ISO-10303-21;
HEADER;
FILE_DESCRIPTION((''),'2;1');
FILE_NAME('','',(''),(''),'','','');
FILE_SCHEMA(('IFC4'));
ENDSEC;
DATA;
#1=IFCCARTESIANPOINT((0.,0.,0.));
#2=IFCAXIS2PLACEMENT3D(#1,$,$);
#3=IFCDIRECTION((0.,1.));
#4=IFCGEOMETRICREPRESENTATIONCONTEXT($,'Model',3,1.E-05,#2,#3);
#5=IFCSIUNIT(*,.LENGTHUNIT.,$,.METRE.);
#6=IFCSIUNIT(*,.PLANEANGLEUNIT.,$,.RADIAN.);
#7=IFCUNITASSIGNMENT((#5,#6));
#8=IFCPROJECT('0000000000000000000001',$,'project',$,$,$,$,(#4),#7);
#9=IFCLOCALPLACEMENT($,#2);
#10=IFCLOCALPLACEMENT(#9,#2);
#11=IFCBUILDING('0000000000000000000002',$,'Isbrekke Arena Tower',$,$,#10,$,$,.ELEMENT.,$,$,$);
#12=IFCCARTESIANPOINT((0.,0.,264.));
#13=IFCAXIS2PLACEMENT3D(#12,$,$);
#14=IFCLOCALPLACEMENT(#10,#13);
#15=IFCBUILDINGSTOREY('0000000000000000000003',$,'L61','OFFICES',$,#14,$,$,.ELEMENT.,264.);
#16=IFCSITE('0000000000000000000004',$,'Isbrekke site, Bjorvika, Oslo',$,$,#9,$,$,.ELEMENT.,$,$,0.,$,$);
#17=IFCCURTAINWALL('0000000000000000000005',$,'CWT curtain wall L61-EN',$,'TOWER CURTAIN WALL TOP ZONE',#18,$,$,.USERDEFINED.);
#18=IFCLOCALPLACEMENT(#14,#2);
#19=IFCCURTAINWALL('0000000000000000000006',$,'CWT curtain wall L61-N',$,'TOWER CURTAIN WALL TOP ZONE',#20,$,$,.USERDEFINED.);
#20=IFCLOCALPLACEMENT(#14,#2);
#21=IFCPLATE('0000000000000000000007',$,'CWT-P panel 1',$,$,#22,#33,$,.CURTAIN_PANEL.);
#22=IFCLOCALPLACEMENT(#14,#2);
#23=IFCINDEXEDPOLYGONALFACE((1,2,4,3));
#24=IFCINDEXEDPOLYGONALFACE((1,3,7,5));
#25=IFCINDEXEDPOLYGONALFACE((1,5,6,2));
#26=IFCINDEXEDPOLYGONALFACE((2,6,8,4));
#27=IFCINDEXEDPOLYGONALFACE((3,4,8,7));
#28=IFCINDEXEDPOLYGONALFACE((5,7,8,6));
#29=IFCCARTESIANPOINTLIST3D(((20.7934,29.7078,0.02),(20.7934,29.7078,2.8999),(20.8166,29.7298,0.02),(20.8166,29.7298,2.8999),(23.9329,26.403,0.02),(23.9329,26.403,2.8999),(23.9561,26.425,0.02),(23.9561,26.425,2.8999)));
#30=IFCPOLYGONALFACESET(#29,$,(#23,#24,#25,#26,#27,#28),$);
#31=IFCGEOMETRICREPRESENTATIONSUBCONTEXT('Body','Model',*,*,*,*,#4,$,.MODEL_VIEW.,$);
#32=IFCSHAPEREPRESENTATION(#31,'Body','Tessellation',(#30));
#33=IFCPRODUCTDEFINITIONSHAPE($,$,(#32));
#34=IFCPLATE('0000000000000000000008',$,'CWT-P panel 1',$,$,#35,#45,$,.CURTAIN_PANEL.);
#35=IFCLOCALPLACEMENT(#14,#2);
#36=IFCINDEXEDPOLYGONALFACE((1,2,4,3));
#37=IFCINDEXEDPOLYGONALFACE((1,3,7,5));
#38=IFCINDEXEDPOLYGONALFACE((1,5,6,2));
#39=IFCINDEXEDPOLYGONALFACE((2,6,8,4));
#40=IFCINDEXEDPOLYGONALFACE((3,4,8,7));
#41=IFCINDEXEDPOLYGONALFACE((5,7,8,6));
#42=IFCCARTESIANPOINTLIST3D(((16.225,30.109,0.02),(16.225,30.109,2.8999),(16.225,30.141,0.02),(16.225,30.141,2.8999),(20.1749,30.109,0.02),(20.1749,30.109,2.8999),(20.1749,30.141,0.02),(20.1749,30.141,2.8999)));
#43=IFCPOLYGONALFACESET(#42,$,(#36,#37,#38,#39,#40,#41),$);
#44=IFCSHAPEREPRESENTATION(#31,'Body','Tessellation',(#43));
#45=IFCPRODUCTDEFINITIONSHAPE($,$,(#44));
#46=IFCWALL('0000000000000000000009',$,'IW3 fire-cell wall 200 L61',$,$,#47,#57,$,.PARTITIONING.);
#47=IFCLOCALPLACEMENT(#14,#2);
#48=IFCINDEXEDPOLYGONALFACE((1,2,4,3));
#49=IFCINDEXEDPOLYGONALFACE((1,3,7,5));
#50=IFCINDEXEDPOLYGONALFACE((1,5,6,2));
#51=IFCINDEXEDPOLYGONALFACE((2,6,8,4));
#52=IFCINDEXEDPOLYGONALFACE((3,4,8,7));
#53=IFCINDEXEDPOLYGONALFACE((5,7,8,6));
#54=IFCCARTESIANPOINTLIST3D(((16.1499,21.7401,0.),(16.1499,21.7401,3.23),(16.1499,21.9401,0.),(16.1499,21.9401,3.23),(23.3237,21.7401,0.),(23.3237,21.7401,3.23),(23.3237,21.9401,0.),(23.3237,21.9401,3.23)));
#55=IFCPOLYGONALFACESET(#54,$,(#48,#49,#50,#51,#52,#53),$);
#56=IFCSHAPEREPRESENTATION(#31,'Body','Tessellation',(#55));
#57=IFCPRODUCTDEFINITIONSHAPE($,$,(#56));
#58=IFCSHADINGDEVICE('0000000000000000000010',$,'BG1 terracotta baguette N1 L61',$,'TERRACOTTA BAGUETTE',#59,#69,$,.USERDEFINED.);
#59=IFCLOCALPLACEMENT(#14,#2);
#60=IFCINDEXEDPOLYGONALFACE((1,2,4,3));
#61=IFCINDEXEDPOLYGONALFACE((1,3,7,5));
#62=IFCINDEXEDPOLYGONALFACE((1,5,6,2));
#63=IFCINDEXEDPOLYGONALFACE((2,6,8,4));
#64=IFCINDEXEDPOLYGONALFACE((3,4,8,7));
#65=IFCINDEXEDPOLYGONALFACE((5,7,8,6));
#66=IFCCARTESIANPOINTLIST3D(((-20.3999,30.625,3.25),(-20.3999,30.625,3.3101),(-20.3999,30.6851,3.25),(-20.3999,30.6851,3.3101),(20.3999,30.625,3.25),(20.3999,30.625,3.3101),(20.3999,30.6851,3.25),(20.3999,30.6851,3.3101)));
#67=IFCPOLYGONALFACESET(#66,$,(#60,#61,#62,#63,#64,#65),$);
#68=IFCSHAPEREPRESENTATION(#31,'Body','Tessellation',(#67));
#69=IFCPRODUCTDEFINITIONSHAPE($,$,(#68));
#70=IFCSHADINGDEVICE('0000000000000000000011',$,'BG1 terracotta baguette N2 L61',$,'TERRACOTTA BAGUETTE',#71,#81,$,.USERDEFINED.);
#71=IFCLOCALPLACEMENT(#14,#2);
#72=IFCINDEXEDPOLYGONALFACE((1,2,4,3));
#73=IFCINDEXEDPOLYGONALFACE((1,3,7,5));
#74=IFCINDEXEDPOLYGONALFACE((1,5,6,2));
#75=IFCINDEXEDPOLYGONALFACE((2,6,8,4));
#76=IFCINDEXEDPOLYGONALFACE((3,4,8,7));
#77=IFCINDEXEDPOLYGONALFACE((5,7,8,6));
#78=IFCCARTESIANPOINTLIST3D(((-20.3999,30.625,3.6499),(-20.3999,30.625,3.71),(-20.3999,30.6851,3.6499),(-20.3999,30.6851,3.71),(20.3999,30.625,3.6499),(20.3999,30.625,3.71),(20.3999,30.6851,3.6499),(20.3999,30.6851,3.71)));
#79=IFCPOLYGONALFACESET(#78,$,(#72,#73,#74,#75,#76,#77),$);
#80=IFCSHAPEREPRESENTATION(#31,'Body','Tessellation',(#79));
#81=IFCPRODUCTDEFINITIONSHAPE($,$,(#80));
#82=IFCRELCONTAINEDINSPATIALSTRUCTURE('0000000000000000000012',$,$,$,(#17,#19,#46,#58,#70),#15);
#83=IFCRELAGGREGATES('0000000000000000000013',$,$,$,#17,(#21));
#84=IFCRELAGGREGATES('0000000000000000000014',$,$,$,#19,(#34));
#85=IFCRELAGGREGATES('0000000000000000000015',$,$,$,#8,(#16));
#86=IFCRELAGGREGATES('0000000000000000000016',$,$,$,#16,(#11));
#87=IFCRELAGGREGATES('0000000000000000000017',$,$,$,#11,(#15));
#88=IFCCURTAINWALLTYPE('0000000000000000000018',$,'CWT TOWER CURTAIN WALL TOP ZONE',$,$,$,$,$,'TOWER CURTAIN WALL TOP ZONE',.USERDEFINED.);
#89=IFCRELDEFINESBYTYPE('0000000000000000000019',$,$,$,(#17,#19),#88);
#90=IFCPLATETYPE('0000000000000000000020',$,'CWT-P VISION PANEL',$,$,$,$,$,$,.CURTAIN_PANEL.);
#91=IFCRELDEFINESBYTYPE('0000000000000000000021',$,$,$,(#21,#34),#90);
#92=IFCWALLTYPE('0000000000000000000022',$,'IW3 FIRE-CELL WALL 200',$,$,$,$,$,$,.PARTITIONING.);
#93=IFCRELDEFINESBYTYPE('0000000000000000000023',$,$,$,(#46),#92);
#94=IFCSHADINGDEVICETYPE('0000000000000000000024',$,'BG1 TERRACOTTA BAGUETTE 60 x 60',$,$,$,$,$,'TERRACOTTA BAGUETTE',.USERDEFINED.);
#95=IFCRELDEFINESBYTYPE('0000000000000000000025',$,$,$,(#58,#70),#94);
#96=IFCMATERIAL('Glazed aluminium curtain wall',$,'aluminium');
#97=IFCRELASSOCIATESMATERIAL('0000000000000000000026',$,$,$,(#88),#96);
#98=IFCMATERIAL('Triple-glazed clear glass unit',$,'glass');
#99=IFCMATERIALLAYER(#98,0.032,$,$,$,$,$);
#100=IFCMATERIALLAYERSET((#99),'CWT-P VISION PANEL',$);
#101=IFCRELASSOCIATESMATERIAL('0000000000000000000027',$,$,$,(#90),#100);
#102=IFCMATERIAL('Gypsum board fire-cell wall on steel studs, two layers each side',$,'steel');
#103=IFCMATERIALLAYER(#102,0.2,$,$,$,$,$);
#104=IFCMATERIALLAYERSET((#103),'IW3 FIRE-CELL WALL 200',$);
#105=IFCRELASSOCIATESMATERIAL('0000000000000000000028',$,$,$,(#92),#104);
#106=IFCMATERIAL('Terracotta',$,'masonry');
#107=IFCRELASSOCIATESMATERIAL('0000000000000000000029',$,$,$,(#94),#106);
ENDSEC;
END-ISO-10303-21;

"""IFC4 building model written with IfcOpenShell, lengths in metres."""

from ifc_helpers import new_model, si_unit, direction, frame, frame_2d, origin, origin_2d, place, context, subcontext, project, spatial, rectangle, extrude, material, layer, layer_set, material_profile, profile_set, type_object, element, aggregate, save


model = new_model("IFC4")

# Units and contexts
model_context = context("Model", 3, precision=1e-05, world=origin(), true_north=direction((0.0, 1.0)))
body_context = subcontext(model_context, "Body", "Model", "MODEL_VIEW")
ifc_project = project(units=[si_unit("LENGTHUNIT", "METRE"), si_unit("PLANEANGLEUNIT", "RADIAN")], contexts=[model_context])

# Site, building, storey
site_placement = place(None, origin())
site = spatial("IfcSite", under=ifc_project, at=site_placement, Name="Isbrekke site, Bjorvika, Oslo", CompositionType="ELEMENT", RefElevation=0.0)
building_placement = place(site_placement, origin())
building = spatial("IfcBuilding", under=site, at=building_placement, Name="Isbrekke Arena Tower", CompositionType="ELEMENT")
storey_placement = place(building_placement, frame((0.0, 0.0, 264.0)))
storey = spatial("IfcBuildingStorey", under=building, at=storey_placement, Name="L61", Description="OFFICES", CompositionType="ELEMENT", Elevation=264.0)

# Curtain wall
ifc_material_1 = material(Name="Glazed aluminium curtain wall", Category="aluminium")
curtain_wall_type = type_object("IfcCurtainWallType", Name="CWT TOWER CURTAIN WALL TOP ZONE", ElementType="TOWER CURTAIN WALL TOP ZONE", PredefinedType="USERDEFINED", material=ifc_material_1)
curtain_wall_1_placement = place(storey_placement, origin())
curtain_wall_1 = element("IfcCurtainWall", 1, at=curtain_wall_1_placement, inside=storey, type_object=curtain_wall_type, Name="CWT curtain wall L61-EN", ObjectType="TOWER CURTAIN WALL TOP ZONE", PredefinedType="USERDEFINED")

# Curtain wall
curtain_wall_2_placement = place(storey_placement, origin())
curtain_wall_2 = element("IfcCurtainWall", 2, at=curtain_wall_2_placement, inside=storey, type_object=curtain_wall_type, Name="CWT curtain wall L61-N", ObjectType="TOWER CURTAIN WALL TOP ZONE", PredefinedType="USERDEFINED")

# Plates
ifc_material_2 = material(Name="Triple-glazed clear glass unit", Category="glass")
ifc_layer_1 = layer(ifc_material_2, 0.032)
ifc_layer_set_1 = layer_set([ifc_layer_1], Name="CWT-P VISION PANEL")
plate_type = type_object("IfcPlateType", Name="CWT-P VISION PANEL", PredefinedType="CURTAIN_PANEL", material=ifc_layer_set_1)
plate_1_placement = place(storey_placement, frame((22.3748, 28.0664, 0.02), z_axis=(0.0, 0.0, 1.0), x_axis=(-0.688749, 0.724999, 0.0)))
plate_1 = element("IfcPlate", 3, at=plate_1_placement, type_object=plate_type, Name="CWT-P panel 1", PredefinedType="CURTAIN_PANEL", context=body_context, shape_type="SweptSolid", body=[
    extrude(rectangle(XDim=4.5583, YDim=0.032, at=origin_2d()), origin(), (0.0, 0.0, 1.0), 2.8799),
])
aggregate(curtain_wall_1, [plate_1])
plate_2_placement = place(storey_placement, frame((18.2, 30.125, 0.02), z_axis=(0.0, 0.0, 1.0), x_axis=(-1.0, 0.0, 0.0)))
plate_2 = element("IfcPlate", 4, at=plate_2_placement, type_object=plate_type, Name="CWT-P panel 1", PredefinedType="CURTAIN_PANEL", context=body_context, shape_type="SweptSolid", body=[
    extrude(rectangle(XDim=3.95, YDim=0.032, at=origin_2d()), origin(), (0.0, 0.0, 1.0), 2.8799),
])
aggregate(curtain_wall_2, [plate_2])

# Wall
ifc_material_3 = material(Name="Gypsum board fire-cell wall on steel studs, two layers each side", Category="steel")
ifc_layer_2 = layer(ifc_material_3, 0.2)
ifc_layer_set_2 = layer_set([ifc_layer_2], Name="IW3 FIRE-CELL WALL 200")
wall_type = type_object("IfcWallType", Name="IW3 FIRE-CELL WALL 200", PredefinedType="PARTITIONING", material=ifc_layer_set_2)
wall_placement = place(storey_placement, frame((16.1499, 21.8401, 0.0), z_axis=(0.0, 0.0, 1.0), x_axis=(1.0, 0.0, 0.0)))
element("IfcWall", 5, at=wall_placement, inside=storey, type_object=wall_type, Name="IW3 fire-cell wall 200 L61", PredefinedType="PARTITIONING", context=body_context, shape_type="SweptSolid", body=[
    extrude(rectangle(XDim=7.1738, YDim=0.2, at=frame_2d((3.5869, 0.0))), origin(), (0.0, 0.0, 1.0), 3.23),
])

# Shading devices
ifc_material_4 = material(Name="Terracotta", Category="masonry")
ifc_material_profile_1 = material_profile(ifc_material_4, rectangle(XDim=0.0601, YDim=0.0601, at=origin_2d()), Name="BAGUETTE 60X60")
ifc_profile_set_1 = profile_set([ifc_material_profile_1], Name="Terracotta")
shading_device_type = type_object("IfcShadingDeviceType", Name="BG1 TERRACOTTA BAGUETTE 60 x 60", ElementType="TERRACOTTA BAGUETTE", PredefinedType="USERDEFINED", material=ifc_profile_set_1)
for number, where, z_axis, x_axis, name in (
    (6, (20.3999, 30.655, 3.28), (-1.0, 0.0, 0.0), (0.0, -1.0, 0.0), "BG1 terracotta baguette N1 L61"),
    (7, (20.3999, 30.655, 3.6799), (-1.0, 0.0, 0.0), (0.0, -1.0, 0.0), "BG1 terracotta baguette N2 L61"),
):
    element("IfcShadingDevice", number, at=place(storey_placement, frame(where, z_axis=z_axis, x_axis=x_axis)), inside=storey, type_object=shading_device_type, Name=name, ObjectType="TERRACOTTA BAGUETTE", PredefinedType="USERDEFINED", context=body_context, shape_type="SweptSolid", body=[
        extrude(rectangle(XDim=0.0601, YDim=0.0601, at=origin_2d()), origin(), (0.0, 0.0, 1.0), 40.7998),
    ])

save(model, "model.ifc")
